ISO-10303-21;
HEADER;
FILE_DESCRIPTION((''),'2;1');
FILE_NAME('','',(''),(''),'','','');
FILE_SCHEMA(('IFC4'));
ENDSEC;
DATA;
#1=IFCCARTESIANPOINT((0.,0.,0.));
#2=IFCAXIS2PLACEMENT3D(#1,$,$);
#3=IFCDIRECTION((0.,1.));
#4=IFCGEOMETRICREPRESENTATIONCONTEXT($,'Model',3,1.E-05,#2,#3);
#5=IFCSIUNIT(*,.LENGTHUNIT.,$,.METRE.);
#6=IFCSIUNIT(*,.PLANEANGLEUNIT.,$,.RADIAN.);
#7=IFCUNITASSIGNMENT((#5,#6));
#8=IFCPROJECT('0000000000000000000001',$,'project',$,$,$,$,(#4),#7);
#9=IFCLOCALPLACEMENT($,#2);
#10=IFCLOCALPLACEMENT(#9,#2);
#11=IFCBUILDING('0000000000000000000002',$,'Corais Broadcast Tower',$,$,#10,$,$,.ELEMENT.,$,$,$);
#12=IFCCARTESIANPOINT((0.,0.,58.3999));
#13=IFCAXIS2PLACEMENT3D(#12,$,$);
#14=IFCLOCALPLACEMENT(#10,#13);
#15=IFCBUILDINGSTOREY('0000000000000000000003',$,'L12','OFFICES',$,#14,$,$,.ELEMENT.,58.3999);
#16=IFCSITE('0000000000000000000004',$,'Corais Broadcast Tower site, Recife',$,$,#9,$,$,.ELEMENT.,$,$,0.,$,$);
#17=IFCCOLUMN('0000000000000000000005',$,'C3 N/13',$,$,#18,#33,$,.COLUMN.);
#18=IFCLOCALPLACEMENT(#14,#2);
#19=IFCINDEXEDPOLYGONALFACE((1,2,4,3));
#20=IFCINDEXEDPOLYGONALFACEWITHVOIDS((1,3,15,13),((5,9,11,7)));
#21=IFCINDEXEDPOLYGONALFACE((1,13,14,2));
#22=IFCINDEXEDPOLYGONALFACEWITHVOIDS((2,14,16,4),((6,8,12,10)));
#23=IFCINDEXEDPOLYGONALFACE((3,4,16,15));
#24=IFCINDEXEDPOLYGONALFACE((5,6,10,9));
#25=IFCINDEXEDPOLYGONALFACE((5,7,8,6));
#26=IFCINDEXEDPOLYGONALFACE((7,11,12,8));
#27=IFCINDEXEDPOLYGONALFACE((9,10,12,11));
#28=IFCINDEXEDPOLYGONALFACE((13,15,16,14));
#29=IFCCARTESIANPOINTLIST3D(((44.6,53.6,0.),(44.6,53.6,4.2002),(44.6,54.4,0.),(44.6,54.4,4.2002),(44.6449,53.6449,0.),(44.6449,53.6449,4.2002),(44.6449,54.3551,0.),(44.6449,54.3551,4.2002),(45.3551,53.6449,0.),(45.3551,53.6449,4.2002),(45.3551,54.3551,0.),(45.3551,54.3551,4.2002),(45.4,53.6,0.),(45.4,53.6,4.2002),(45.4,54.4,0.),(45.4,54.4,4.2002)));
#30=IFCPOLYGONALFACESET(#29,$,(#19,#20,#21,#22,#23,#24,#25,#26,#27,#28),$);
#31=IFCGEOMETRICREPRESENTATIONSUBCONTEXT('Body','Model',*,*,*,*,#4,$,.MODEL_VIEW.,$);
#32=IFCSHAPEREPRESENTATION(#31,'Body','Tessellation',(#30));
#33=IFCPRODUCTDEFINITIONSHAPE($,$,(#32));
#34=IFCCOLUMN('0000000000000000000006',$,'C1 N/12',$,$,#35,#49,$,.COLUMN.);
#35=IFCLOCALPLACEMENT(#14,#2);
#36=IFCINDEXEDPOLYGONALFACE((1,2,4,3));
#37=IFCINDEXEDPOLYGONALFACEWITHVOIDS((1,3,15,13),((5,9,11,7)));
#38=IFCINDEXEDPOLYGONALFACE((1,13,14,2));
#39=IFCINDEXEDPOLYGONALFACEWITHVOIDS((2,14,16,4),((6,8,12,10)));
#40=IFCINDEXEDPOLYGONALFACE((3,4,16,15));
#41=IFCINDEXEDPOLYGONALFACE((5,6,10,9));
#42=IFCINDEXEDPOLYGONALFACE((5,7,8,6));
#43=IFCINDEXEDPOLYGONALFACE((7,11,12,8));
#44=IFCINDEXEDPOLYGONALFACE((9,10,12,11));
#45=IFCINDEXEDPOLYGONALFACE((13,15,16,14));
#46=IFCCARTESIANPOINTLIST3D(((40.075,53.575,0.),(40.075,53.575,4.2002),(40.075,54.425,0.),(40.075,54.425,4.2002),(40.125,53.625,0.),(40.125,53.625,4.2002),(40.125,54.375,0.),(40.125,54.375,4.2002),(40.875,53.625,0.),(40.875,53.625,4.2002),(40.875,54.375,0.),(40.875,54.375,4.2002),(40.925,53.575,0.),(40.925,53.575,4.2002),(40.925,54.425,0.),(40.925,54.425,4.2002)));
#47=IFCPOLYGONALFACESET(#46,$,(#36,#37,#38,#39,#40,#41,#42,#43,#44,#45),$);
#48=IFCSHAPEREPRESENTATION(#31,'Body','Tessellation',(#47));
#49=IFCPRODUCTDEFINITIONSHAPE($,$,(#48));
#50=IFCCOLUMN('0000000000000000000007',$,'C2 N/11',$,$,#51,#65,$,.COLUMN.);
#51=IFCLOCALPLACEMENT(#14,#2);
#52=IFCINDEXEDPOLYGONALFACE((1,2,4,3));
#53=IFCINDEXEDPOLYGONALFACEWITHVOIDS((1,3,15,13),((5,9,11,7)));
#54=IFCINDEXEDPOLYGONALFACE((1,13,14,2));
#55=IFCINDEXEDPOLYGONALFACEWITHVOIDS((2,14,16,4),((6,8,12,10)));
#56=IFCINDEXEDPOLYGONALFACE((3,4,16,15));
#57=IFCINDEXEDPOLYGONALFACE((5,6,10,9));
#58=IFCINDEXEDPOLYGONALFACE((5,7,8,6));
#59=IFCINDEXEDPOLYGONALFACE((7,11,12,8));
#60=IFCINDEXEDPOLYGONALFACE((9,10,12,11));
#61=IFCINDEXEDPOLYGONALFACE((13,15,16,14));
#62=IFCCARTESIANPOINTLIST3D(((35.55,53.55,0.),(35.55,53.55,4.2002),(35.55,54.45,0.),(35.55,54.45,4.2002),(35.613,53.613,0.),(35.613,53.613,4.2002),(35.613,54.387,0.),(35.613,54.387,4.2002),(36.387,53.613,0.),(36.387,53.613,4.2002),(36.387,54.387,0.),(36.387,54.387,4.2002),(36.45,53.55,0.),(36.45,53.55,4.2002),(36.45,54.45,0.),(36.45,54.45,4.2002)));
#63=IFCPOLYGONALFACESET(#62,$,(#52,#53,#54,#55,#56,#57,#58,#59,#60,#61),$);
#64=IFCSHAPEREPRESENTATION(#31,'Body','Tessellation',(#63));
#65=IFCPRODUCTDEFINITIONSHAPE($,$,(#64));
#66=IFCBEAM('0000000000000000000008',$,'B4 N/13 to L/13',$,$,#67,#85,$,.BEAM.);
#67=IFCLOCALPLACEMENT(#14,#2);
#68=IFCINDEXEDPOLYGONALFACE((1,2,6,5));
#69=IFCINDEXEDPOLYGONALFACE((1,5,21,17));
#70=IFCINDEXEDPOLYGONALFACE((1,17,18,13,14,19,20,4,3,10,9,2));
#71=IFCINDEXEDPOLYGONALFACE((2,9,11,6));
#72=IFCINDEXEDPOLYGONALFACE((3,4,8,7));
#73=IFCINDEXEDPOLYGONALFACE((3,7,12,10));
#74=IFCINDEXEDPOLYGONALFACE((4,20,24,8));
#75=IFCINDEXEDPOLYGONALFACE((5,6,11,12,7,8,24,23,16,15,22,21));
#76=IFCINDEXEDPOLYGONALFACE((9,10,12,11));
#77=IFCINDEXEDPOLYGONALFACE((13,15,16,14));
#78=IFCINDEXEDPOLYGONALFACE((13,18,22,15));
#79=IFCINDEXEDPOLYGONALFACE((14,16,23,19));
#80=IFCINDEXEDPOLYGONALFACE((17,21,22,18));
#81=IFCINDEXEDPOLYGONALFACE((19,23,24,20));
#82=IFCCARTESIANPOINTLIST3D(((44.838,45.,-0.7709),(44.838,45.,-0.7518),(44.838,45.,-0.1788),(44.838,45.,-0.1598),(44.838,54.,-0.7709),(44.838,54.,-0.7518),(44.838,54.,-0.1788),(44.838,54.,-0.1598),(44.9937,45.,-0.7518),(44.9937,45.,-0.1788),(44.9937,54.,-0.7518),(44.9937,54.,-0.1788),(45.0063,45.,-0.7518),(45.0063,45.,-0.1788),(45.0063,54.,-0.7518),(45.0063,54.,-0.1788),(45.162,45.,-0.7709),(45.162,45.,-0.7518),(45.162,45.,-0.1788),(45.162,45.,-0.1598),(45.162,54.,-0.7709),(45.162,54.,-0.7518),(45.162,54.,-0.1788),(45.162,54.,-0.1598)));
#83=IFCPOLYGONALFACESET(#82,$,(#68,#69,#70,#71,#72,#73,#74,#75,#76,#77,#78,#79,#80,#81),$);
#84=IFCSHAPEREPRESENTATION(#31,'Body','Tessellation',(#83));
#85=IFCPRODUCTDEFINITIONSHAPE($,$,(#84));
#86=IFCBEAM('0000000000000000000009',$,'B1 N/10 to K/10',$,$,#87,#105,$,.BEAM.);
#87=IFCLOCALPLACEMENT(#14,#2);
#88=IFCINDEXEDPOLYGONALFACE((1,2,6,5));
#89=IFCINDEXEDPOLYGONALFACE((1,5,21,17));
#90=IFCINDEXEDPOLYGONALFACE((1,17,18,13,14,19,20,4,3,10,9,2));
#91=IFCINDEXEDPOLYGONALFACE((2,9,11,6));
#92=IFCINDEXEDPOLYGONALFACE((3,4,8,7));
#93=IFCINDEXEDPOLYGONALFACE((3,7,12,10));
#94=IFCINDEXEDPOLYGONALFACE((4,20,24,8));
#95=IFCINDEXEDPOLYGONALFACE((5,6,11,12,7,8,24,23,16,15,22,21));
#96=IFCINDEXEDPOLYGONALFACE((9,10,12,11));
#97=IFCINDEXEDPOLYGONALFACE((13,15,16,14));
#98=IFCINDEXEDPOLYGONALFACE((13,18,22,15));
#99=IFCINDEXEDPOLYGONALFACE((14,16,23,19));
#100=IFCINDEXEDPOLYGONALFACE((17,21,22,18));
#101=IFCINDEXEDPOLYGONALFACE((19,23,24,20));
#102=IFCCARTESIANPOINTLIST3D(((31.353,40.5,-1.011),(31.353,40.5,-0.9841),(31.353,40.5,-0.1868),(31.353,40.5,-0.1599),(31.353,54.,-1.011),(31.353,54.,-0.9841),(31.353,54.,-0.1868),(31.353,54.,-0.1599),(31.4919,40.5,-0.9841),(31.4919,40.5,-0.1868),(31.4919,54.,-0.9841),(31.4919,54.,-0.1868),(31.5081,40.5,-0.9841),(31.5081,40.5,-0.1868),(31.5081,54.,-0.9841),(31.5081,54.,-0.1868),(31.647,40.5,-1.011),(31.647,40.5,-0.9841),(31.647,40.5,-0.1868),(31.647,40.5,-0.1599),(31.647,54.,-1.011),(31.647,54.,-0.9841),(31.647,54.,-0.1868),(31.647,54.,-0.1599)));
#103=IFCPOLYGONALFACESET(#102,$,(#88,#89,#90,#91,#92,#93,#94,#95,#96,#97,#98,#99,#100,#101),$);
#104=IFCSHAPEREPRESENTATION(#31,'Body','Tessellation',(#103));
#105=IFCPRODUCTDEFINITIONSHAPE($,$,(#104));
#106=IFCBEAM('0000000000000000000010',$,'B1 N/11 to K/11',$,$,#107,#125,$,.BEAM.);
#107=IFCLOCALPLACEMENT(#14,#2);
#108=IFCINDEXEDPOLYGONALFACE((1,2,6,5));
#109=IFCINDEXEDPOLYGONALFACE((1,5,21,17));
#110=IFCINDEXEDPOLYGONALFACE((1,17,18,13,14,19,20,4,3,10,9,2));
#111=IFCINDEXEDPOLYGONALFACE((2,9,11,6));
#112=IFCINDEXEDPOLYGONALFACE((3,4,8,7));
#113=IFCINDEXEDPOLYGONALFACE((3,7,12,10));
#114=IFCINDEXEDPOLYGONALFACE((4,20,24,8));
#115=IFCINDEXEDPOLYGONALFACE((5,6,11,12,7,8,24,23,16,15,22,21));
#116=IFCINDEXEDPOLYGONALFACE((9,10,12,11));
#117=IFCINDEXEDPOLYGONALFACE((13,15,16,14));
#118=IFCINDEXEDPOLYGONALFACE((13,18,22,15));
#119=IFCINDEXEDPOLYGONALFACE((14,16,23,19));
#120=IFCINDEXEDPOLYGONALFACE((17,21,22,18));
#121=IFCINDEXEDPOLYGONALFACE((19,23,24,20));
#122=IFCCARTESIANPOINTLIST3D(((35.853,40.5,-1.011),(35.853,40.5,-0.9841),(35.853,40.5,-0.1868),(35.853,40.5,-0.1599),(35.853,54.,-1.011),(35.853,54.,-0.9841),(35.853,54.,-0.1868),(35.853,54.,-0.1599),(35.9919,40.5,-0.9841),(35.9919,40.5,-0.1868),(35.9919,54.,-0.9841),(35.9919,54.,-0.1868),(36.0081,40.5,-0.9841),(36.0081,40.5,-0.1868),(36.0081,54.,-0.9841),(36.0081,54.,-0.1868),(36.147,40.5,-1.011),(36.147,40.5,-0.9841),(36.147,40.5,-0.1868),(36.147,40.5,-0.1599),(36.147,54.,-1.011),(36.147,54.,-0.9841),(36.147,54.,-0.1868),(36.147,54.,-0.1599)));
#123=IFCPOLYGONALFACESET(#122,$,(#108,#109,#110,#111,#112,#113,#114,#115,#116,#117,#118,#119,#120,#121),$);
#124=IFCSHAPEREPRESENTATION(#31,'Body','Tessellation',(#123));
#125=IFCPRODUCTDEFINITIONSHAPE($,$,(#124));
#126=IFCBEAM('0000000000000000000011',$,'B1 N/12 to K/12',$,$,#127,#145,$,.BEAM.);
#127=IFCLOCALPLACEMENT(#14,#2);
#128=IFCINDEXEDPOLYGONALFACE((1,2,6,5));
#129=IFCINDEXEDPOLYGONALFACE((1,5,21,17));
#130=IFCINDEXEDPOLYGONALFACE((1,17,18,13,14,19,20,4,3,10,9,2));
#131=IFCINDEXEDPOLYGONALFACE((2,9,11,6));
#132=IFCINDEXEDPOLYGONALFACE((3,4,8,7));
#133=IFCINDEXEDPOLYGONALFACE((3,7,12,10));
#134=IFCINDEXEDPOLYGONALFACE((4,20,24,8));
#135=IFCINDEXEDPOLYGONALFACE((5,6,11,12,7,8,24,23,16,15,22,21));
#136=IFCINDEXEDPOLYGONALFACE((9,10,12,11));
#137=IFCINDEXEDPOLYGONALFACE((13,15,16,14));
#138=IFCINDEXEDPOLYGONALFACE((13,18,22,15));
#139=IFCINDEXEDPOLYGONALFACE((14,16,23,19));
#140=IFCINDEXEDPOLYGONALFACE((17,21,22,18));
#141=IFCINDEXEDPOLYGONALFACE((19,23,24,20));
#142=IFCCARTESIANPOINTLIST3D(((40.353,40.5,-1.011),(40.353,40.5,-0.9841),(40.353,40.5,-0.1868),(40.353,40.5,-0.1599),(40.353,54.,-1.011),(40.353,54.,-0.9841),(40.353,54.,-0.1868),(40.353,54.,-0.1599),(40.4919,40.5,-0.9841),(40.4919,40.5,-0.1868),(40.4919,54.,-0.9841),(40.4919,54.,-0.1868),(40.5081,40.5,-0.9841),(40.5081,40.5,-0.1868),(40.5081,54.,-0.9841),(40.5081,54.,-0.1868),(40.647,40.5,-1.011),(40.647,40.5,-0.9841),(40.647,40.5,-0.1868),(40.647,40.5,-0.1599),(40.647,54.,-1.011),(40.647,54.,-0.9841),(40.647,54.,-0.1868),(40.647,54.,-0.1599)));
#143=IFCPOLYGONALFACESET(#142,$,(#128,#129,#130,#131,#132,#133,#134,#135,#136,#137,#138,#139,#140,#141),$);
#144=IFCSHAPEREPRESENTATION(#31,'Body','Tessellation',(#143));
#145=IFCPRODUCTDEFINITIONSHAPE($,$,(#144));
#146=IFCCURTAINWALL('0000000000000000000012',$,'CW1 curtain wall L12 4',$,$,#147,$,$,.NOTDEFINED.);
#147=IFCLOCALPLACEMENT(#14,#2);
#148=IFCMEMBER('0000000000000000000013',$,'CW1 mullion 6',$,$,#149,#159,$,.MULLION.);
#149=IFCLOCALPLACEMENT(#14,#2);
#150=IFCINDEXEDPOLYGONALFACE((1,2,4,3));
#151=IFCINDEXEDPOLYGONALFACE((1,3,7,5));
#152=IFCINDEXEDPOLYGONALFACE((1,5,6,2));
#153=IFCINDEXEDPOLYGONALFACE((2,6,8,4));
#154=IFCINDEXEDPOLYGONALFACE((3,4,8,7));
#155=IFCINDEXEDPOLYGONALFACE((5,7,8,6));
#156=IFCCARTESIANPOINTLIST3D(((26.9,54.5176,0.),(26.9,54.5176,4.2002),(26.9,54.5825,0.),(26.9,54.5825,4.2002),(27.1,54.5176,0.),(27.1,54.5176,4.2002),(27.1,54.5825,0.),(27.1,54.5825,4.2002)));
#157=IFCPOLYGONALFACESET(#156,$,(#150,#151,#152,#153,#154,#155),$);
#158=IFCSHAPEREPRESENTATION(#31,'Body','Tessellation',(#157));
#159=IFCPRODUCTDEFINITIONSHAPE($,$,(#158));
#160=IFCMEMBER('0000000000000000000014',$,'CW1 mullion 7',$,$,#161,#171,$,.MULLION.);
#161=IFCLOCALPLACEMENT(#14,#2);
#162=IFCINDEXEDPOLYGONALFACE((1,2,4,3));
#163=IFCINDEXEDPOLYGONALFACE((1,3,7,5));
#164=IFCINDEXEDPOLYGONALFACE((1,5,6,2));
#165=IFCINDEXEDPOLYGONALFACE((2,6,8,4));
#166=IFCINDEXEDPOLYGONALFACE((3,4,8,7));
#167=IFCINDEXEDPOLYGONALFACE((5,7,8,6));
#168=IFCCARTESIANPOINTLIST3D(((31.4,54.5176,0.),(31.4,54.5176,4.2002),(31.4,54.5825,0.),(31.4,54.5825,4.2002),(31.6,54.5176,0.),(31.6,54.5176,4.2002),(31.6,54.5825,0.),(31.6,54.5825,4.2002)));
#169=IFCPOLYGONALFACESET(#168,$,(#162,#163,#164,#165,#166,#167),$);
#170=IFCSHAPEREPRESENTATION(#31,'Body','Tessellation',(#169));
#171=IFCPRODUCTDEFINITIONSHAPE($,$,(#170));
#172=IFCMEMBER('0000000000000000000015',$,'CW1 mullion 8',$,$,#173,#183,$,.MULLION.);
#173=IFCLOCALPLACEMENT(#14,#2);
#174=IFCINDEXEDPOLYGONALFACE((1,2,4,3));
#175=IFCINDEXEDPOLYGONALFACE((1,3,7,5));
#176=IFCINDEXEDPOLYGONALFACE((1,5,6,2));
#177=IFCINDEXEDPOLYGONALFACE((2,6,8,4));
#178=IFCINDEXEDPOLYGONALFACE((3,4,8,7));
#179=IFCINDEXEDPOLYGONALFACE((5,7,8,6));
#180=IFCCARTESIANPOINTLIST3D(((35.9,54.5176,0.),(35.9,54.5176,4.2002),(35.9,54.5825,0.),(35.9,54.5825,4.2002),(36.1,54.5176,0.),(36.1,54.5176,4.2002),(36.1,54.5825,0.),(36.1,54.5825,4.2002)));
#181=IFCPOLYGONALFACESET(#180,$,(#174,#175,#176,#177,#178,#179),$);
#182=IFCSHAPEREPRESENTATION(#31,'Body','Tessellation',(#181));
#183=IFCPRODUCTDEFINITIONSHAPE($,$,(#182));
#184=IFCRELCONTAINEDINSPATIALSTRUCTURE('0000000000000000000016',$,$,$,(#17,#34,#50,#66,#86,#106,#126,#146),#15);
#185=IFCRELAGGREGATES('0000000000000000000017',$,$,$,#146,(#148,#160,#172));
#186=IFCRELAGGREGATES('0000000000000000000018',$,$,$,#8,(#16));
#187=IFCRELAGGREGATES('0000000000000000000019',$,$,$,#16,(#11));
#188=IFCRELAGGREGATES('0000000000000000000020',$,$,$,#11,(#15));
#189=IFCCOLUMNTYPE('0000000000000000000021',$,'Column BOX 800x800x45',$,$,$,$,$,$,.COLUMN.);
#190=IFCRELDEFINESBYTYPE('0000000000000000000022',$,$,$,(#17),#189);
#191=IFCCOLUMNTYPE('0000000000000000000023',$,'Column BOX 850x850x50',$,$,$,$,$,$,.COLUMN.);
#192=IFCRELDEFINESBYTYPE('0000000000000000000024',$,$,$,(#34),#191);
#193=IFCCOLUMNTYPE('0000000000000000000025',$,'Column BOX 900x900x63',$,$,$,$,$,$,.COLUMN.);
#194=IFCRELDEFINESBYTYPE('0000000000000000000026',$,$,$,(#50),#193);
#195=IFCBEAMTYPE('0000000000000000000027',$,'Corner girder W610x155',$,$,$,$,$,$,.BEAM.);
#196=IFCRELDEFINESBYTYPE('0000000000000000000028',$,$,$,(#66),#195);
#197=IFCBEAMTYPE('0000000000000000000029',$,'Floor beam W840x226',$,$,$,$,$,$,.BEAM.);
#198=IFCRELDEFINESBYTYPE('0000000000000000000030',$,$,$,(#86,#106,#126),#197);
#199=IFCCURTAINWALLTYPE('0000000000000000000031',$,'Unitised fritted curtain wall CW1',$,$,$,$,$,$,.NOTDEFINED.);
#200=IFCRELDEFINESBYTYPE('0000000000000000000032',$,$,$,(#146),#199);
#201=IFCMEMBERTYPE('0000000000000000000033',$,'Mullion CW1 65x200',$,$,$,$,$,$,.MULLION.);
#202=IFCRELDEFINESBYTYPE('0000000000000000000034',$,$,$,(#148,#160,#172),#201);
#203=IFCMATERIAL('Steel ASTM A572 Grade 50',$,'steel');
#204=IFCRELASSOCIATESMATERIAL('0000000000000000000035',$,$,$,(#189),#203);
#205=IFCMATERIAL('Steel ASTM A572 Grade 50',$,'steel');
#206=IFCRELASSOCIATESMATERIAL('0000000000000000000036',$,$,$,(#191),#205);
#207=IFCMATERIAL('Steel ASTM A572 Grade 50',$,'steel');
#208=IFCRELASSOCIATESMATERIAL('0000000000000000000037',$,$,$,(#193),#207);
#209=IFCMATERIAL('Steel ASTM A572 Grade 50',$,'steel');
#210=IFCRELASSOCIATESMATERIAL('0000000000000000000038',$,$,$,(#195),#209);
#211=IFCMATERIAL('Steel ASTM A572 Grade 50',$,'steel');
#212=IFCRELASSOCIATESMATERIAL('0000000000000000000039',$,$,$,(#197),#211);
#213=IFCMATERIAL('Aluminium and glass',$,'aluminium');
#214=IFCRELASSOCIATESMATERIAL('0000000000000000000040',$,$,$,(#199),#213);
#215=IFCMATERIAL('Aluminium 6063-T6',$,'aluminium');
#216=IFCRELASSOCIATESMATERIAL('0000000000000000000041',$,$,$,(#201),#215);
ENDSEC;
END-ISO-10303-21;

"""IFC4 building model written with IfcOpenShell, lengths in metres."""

from ifc_helpers import new_model, si_unit, direction, frame, origin, origin_2d, place, context, subcontext, project, spatial, rectangle, hollow_rectangle, i_section, extrude, material, material_profile, profile_set, type_object, element, aggregate, save


model = new_model("IFC4")

# Units and contexts
model_context = context("Model", 3, precision=1e-05, world=origin(), true_north=direction((0.0, 1.0)))
body_context = subcontext(model_context, "Body", "Model", "MODEL_VIEW")
ifc_project = project(units=[si_unit("LENGTHUNIT", "METRE"), si_unit("PLANEANGLEUNIT", "RADIAN")], contexts=[model_context])

# Site, building, storey
site_placement = place(None, origin())
site = spatial("IfcSite", under=ifc_project, at=site_placement, Name="Corais Broadcast Tower site, Recife", CompositionType="ELEMENT", RefElevation=0.0)
building_placement = place(site_placement, origin())
building = spatial("IfcBuilding", under=site, at=building_placement, Name="Corais Broadcast Tower", CompositionType="ELEMENT")
storey_placement = place(building_placement, frame((0.0, 0.0, 58.3999)))
storey = spatial("IfcBuildingStorey", under=building, at=storey_placement, Name="L12", Description="OFFICES", CompositionType="ELEMENT", Elevation=58.3999)

# Columns
ifc_material_1 = material(Name="Steel ASTM A572 Grade 50", Category="steel")
ifc_material_profile_1 = material_profile(ifc_material_1, hollow_rectangle(XDim=0.8, YDim=0.8, WallThickness=0.0449, at=origin_2d()), Name="BOX 800x800x45")
ifc_profile_set_1 = profile_set([ifc_material_profile_1], Name="Steel ASTM A572 Grade 50")
column_type_1 = type_object("IfcColumnType", Name="Column BOX 800x800x45", PredefinedType="COLUMN", material=ifc_profile_set_1)
column_1_placement = place(storey_placement, frame((45.0, 54.0, 0.0), z_axis=(0.0, 0.0, 1.0), x_axis=(1.0, 0.0, 0.0)))
element("IfcColumn", 1, at=column_1_placement, inside=storey, type_object=column_type_1, Name="C3 N/13", PredefinedType="COLUMN", context=body_context, shape_type="SweptSolid", body=[
    extrude(hollow_rectangle(XDim=0.8, YDim=0.8, WallThickness=0.0449, at=origin_2d()), origin(), (0.0, 0.0, 1.0), 4.2002),
])
ifc_material_2 = material(Name="Steel ASTM A572 Grade 50", Category="steel")
ifc_material_profile_2 = material_profile(ifc_material_2, hollow_rectangle(XDim=0.8501, YDim=0.8501, WallThickness=0.05, at=origin_2d()), Name="BOX 850x850x50")
ifc_profile_set_2 = profile_set([ifc_material_profile_2], Name="Steel ASTM A572 Grade 50")
column_type_2 = type_object("IfcColumnType", Name="Column BOX 850x850x50", PredefinedType="COLUMN", material=ifc_profile_set_2)
column_2_placement = place(storey_placement, frame((40.5, 54.0, 0.0), z_axis=(0.0, 0.0, 1.0), x_axis=(1.0, 0.0, 0.0)))
element("IfcColumn", 2, at=column_2_placement, inside=storey, type_object=column_type_2, Name="C1 N/12", PredefinedType="COLUMN", context=body_context, shape_type="SweptSolid", body=[
    extrude(hollow_rectangle(XDim=0.8501, YDim=0.8501, WallThickness=0.05, at=origin_2d()), origin(), (0.0, 0.0, 1.0), 4.2002),
])
ifc_material_3 = material(Name="Steel ASTM A572 Grade 50", Category="steel")
ifc_material_profile_3 = material_profile(ifc_material_3, hollow_rectangle(XDim=0.8999, YDim=0.8999, WallThickness=0.063, at=origin_2d()), Name="BOX 900x900x63")
ifc_profile_set_3 = profile_set([ifc_material_profile_3], Name="Steel ASTM A572 Grade 50")
column_type_3 = type_object("IfcColumnType", Name="Column BOX 900x900x63", PredefinedType="COLUMN", material=ifc_profile_set_3)
column_3_placement = place(storey_placement, frame((36.0, 54.0, 0.0), z_axis=(0.0, 0.0, 1.0), x_axis=(1.0, 0.0, 0.0)))
element("IfcColumn", 3, at=column_3_placement, inside=storey, type_object=column_type_3, Name="C2 N/11", PredefinedType="COLUMN", context=body_context, shape_type="SweptSolid", body=[
    extrude(hollow_rectangle(XDim=0.8999, YDim=0.8999, WallThickness=0.063, at=origin_2d()), origin(), (0.0, 0.0, 1.0), 4.2002),
])

# Beams
ifc_material_4 = material(Name="Steel ASTM A572 Grade 50", Category="steel")
ifc_material_profile_4 = material_profile(ifc_material_4, i_section(OverallWidth=0.324, OverallDepth=0.6111, WebThickness=0.0127, FlangeThickness=0.019, at=origin_2d()), Name="W610x155")
ifc_profile_set_4 = profile_set([ifc_material_profile_4], Name="Steel ASTM A572 Grade 50")
beam_type_1 = type_object("IfcBeamType", Name="Corner girder W610x155", PredefinedType="BEAM", material=ifc_profile_set_4)
beam_1_placement = place(storey_placement, frame((45.0, 54.0, -0.4653), z_axis=(0.0, -1.0, 0.0), x_axis=(1.0, 0.0, 0.0)))
element("IfcBeam", 4, at=beam_1_placement, inside=storey, type_object=beam_type_1, Name="B4 N/13 to L/13", PredefinedType="BEAM", context=body_context, shape_type="SweptSolid", body=[
    extrude(i_section(OverallWidth=0.324, OverallDepth=0.6111, WebThickness=0.0127, FlangeThickness=0.019, at=origin_2d()), origin(), (0.0, 0.0, 1.0), 9.0),
])
ifc_material_5 = material(Name="Steel ASTM A572 Grade 50", Category="steel")
ifc_material_profile_5 = material_profile(ifc_material_5, i_section(OverallWidth=0.2939, OverallDepth=0.8511, WebThickness=0.0161, FlangeThickness=0.0269, at=origin_2d()), Name="W840x226")
ifc_profile_set_5 = profile_set([ifc_material_profile_5], Name="Steel ASTM A572 Grade 50")
beam_type_2 = type_object("IfcBeamType", Name="Floor beam W840x226", PredefinedType="BEAM", material=ifc_profile_set_5)
for number, where, z_axis, x_axis, name in (
    (5, (31.5, 54.0, -0.5854), (0.0, -1.0, 0.0), (1.0, 0.0, 0.0), "B1 N/10 to K/10"),
    (6, (36.0, 54.0, -0.5854), (0.0, -1.0, 0.0), (1.0, 0.0, 0.0), "B1 N/11 to K/11"),
    (7, (40.5, 54.0, -0.5854), (0.0, -1.0, 0.0), (1.0, 0.0, 0.0), "B1 N/12 to K/12"),
):
    element("IfcBeam", number, at=place(storey_placement, frame(where, z_axis=z_axis, x_axis=x_axis)), inside=storey, type_object=beam_type_2, Name=name, PredefinedType="BEAM", context=body_context, shape_type="SweptSolid", body=[
        extrude(i_section(OverallWidth=0.2939, OverallDepth=0.8511, WebThickness=0.0161, FlangeThickness=0.0269, at=origin_2d()), origin(), (0.0, 0.0, 1.0), 13.5),
    ])

# Curtain wall, members
ifc_material_6 = material(Name="Aluminium and glass", Category="aluminium")
curtain_wall_type = type_object("IfcCurtainWallType", Name="Unitised fritted curtain wall CW1", PredefinedType="NOTDEFINED", material=ifc_material_6)
curtain_wall_placement = place(storey_placement, origin())
curtain_wall = element("IfcCurtainWall", 8, at=curtain_wall_placement, inside=storey, type_object=curtain_wall_type, Name="CW1 curtain wall L12 4", PredefinedType="NOTDEFINED")
ifc_material_7 = material(Name="Aluminium 6063-T6", Category="aluminium")
ifc_material_profile_6 = material_profile(ifc_material_7, rectangle(XDim=0.0649, YDim=0.2, at=origin_2d()), Name="Mullion CW1 65x200")
ifc_profile_set_6 = profile_set([ifc_material_profile_6], Name="Aluminium 6063-T6")
member_type_1 = type_object("IfcMemberType", Name="Mullion CW1 65x200", PredefinedType="MULLION", material=ifc_profile_set_6)
member_1_placement = place(storey_placement, frame((27.0, 54.55, 0.0), z_axis=(0.0, 0.0, 1.0), x_axis=(0.0, 1.0, 0.0)))
member_1 = element("IfcMember", 9, at=member_1_placement, type_object=member_type_1, Name="CW1 mullion 6", PredefinedType="MULLION", context=body_context, shape_type="SweptSolid", body=[
    extrude(rectangle(XDim=0.0649, YDim=0.2, at=origin_2d()), origin(), (0.0, 0.0, 1.0), 4.2002),
])
member_2_placement = place(storey_placement, frame((31.5, 54.55, 0.0), z_axis=(0.0, 0.0, 1.0), x_axis=(0.0, 1.0, 0.0)))
member_2 = element("IfcMember", 10, at=member_2_placement, type_object=member_type_1, Name="CW1 mullion 7", PredefinedType="MULLION", context=body_context, shape_type="SweptSolid", body=[
    extrude(rectangle(XDim=0.0649, YDim=0.2, at=origin_2d()), origin(), (0.0, 0.0, 1.0), 4.2002),
])
member_3_placement = place(storey_placement, frame((36.0, 54.55, 0.0), z_axis=(0.0, 0.0, 1.0), x_axis=(0.0, 1.0, 0.0)))
member_3 = element("IfcMember", 11, at=member_3_placement, type_object=member_type_1, Name="CW1 mullion 8", PredefinedType="MULLION", context=body_context, shape_type="SweptSolid", body=[
    extrude(rectangle(XDim=0.0649, YDim=0.2, at=origin_2d()), origin(), (0.0, 0.0, 1.0), 4.2002),
])

aggregate(curtain_wall, [member_1, member_2, member_3])

save(model, "model.ifc")
